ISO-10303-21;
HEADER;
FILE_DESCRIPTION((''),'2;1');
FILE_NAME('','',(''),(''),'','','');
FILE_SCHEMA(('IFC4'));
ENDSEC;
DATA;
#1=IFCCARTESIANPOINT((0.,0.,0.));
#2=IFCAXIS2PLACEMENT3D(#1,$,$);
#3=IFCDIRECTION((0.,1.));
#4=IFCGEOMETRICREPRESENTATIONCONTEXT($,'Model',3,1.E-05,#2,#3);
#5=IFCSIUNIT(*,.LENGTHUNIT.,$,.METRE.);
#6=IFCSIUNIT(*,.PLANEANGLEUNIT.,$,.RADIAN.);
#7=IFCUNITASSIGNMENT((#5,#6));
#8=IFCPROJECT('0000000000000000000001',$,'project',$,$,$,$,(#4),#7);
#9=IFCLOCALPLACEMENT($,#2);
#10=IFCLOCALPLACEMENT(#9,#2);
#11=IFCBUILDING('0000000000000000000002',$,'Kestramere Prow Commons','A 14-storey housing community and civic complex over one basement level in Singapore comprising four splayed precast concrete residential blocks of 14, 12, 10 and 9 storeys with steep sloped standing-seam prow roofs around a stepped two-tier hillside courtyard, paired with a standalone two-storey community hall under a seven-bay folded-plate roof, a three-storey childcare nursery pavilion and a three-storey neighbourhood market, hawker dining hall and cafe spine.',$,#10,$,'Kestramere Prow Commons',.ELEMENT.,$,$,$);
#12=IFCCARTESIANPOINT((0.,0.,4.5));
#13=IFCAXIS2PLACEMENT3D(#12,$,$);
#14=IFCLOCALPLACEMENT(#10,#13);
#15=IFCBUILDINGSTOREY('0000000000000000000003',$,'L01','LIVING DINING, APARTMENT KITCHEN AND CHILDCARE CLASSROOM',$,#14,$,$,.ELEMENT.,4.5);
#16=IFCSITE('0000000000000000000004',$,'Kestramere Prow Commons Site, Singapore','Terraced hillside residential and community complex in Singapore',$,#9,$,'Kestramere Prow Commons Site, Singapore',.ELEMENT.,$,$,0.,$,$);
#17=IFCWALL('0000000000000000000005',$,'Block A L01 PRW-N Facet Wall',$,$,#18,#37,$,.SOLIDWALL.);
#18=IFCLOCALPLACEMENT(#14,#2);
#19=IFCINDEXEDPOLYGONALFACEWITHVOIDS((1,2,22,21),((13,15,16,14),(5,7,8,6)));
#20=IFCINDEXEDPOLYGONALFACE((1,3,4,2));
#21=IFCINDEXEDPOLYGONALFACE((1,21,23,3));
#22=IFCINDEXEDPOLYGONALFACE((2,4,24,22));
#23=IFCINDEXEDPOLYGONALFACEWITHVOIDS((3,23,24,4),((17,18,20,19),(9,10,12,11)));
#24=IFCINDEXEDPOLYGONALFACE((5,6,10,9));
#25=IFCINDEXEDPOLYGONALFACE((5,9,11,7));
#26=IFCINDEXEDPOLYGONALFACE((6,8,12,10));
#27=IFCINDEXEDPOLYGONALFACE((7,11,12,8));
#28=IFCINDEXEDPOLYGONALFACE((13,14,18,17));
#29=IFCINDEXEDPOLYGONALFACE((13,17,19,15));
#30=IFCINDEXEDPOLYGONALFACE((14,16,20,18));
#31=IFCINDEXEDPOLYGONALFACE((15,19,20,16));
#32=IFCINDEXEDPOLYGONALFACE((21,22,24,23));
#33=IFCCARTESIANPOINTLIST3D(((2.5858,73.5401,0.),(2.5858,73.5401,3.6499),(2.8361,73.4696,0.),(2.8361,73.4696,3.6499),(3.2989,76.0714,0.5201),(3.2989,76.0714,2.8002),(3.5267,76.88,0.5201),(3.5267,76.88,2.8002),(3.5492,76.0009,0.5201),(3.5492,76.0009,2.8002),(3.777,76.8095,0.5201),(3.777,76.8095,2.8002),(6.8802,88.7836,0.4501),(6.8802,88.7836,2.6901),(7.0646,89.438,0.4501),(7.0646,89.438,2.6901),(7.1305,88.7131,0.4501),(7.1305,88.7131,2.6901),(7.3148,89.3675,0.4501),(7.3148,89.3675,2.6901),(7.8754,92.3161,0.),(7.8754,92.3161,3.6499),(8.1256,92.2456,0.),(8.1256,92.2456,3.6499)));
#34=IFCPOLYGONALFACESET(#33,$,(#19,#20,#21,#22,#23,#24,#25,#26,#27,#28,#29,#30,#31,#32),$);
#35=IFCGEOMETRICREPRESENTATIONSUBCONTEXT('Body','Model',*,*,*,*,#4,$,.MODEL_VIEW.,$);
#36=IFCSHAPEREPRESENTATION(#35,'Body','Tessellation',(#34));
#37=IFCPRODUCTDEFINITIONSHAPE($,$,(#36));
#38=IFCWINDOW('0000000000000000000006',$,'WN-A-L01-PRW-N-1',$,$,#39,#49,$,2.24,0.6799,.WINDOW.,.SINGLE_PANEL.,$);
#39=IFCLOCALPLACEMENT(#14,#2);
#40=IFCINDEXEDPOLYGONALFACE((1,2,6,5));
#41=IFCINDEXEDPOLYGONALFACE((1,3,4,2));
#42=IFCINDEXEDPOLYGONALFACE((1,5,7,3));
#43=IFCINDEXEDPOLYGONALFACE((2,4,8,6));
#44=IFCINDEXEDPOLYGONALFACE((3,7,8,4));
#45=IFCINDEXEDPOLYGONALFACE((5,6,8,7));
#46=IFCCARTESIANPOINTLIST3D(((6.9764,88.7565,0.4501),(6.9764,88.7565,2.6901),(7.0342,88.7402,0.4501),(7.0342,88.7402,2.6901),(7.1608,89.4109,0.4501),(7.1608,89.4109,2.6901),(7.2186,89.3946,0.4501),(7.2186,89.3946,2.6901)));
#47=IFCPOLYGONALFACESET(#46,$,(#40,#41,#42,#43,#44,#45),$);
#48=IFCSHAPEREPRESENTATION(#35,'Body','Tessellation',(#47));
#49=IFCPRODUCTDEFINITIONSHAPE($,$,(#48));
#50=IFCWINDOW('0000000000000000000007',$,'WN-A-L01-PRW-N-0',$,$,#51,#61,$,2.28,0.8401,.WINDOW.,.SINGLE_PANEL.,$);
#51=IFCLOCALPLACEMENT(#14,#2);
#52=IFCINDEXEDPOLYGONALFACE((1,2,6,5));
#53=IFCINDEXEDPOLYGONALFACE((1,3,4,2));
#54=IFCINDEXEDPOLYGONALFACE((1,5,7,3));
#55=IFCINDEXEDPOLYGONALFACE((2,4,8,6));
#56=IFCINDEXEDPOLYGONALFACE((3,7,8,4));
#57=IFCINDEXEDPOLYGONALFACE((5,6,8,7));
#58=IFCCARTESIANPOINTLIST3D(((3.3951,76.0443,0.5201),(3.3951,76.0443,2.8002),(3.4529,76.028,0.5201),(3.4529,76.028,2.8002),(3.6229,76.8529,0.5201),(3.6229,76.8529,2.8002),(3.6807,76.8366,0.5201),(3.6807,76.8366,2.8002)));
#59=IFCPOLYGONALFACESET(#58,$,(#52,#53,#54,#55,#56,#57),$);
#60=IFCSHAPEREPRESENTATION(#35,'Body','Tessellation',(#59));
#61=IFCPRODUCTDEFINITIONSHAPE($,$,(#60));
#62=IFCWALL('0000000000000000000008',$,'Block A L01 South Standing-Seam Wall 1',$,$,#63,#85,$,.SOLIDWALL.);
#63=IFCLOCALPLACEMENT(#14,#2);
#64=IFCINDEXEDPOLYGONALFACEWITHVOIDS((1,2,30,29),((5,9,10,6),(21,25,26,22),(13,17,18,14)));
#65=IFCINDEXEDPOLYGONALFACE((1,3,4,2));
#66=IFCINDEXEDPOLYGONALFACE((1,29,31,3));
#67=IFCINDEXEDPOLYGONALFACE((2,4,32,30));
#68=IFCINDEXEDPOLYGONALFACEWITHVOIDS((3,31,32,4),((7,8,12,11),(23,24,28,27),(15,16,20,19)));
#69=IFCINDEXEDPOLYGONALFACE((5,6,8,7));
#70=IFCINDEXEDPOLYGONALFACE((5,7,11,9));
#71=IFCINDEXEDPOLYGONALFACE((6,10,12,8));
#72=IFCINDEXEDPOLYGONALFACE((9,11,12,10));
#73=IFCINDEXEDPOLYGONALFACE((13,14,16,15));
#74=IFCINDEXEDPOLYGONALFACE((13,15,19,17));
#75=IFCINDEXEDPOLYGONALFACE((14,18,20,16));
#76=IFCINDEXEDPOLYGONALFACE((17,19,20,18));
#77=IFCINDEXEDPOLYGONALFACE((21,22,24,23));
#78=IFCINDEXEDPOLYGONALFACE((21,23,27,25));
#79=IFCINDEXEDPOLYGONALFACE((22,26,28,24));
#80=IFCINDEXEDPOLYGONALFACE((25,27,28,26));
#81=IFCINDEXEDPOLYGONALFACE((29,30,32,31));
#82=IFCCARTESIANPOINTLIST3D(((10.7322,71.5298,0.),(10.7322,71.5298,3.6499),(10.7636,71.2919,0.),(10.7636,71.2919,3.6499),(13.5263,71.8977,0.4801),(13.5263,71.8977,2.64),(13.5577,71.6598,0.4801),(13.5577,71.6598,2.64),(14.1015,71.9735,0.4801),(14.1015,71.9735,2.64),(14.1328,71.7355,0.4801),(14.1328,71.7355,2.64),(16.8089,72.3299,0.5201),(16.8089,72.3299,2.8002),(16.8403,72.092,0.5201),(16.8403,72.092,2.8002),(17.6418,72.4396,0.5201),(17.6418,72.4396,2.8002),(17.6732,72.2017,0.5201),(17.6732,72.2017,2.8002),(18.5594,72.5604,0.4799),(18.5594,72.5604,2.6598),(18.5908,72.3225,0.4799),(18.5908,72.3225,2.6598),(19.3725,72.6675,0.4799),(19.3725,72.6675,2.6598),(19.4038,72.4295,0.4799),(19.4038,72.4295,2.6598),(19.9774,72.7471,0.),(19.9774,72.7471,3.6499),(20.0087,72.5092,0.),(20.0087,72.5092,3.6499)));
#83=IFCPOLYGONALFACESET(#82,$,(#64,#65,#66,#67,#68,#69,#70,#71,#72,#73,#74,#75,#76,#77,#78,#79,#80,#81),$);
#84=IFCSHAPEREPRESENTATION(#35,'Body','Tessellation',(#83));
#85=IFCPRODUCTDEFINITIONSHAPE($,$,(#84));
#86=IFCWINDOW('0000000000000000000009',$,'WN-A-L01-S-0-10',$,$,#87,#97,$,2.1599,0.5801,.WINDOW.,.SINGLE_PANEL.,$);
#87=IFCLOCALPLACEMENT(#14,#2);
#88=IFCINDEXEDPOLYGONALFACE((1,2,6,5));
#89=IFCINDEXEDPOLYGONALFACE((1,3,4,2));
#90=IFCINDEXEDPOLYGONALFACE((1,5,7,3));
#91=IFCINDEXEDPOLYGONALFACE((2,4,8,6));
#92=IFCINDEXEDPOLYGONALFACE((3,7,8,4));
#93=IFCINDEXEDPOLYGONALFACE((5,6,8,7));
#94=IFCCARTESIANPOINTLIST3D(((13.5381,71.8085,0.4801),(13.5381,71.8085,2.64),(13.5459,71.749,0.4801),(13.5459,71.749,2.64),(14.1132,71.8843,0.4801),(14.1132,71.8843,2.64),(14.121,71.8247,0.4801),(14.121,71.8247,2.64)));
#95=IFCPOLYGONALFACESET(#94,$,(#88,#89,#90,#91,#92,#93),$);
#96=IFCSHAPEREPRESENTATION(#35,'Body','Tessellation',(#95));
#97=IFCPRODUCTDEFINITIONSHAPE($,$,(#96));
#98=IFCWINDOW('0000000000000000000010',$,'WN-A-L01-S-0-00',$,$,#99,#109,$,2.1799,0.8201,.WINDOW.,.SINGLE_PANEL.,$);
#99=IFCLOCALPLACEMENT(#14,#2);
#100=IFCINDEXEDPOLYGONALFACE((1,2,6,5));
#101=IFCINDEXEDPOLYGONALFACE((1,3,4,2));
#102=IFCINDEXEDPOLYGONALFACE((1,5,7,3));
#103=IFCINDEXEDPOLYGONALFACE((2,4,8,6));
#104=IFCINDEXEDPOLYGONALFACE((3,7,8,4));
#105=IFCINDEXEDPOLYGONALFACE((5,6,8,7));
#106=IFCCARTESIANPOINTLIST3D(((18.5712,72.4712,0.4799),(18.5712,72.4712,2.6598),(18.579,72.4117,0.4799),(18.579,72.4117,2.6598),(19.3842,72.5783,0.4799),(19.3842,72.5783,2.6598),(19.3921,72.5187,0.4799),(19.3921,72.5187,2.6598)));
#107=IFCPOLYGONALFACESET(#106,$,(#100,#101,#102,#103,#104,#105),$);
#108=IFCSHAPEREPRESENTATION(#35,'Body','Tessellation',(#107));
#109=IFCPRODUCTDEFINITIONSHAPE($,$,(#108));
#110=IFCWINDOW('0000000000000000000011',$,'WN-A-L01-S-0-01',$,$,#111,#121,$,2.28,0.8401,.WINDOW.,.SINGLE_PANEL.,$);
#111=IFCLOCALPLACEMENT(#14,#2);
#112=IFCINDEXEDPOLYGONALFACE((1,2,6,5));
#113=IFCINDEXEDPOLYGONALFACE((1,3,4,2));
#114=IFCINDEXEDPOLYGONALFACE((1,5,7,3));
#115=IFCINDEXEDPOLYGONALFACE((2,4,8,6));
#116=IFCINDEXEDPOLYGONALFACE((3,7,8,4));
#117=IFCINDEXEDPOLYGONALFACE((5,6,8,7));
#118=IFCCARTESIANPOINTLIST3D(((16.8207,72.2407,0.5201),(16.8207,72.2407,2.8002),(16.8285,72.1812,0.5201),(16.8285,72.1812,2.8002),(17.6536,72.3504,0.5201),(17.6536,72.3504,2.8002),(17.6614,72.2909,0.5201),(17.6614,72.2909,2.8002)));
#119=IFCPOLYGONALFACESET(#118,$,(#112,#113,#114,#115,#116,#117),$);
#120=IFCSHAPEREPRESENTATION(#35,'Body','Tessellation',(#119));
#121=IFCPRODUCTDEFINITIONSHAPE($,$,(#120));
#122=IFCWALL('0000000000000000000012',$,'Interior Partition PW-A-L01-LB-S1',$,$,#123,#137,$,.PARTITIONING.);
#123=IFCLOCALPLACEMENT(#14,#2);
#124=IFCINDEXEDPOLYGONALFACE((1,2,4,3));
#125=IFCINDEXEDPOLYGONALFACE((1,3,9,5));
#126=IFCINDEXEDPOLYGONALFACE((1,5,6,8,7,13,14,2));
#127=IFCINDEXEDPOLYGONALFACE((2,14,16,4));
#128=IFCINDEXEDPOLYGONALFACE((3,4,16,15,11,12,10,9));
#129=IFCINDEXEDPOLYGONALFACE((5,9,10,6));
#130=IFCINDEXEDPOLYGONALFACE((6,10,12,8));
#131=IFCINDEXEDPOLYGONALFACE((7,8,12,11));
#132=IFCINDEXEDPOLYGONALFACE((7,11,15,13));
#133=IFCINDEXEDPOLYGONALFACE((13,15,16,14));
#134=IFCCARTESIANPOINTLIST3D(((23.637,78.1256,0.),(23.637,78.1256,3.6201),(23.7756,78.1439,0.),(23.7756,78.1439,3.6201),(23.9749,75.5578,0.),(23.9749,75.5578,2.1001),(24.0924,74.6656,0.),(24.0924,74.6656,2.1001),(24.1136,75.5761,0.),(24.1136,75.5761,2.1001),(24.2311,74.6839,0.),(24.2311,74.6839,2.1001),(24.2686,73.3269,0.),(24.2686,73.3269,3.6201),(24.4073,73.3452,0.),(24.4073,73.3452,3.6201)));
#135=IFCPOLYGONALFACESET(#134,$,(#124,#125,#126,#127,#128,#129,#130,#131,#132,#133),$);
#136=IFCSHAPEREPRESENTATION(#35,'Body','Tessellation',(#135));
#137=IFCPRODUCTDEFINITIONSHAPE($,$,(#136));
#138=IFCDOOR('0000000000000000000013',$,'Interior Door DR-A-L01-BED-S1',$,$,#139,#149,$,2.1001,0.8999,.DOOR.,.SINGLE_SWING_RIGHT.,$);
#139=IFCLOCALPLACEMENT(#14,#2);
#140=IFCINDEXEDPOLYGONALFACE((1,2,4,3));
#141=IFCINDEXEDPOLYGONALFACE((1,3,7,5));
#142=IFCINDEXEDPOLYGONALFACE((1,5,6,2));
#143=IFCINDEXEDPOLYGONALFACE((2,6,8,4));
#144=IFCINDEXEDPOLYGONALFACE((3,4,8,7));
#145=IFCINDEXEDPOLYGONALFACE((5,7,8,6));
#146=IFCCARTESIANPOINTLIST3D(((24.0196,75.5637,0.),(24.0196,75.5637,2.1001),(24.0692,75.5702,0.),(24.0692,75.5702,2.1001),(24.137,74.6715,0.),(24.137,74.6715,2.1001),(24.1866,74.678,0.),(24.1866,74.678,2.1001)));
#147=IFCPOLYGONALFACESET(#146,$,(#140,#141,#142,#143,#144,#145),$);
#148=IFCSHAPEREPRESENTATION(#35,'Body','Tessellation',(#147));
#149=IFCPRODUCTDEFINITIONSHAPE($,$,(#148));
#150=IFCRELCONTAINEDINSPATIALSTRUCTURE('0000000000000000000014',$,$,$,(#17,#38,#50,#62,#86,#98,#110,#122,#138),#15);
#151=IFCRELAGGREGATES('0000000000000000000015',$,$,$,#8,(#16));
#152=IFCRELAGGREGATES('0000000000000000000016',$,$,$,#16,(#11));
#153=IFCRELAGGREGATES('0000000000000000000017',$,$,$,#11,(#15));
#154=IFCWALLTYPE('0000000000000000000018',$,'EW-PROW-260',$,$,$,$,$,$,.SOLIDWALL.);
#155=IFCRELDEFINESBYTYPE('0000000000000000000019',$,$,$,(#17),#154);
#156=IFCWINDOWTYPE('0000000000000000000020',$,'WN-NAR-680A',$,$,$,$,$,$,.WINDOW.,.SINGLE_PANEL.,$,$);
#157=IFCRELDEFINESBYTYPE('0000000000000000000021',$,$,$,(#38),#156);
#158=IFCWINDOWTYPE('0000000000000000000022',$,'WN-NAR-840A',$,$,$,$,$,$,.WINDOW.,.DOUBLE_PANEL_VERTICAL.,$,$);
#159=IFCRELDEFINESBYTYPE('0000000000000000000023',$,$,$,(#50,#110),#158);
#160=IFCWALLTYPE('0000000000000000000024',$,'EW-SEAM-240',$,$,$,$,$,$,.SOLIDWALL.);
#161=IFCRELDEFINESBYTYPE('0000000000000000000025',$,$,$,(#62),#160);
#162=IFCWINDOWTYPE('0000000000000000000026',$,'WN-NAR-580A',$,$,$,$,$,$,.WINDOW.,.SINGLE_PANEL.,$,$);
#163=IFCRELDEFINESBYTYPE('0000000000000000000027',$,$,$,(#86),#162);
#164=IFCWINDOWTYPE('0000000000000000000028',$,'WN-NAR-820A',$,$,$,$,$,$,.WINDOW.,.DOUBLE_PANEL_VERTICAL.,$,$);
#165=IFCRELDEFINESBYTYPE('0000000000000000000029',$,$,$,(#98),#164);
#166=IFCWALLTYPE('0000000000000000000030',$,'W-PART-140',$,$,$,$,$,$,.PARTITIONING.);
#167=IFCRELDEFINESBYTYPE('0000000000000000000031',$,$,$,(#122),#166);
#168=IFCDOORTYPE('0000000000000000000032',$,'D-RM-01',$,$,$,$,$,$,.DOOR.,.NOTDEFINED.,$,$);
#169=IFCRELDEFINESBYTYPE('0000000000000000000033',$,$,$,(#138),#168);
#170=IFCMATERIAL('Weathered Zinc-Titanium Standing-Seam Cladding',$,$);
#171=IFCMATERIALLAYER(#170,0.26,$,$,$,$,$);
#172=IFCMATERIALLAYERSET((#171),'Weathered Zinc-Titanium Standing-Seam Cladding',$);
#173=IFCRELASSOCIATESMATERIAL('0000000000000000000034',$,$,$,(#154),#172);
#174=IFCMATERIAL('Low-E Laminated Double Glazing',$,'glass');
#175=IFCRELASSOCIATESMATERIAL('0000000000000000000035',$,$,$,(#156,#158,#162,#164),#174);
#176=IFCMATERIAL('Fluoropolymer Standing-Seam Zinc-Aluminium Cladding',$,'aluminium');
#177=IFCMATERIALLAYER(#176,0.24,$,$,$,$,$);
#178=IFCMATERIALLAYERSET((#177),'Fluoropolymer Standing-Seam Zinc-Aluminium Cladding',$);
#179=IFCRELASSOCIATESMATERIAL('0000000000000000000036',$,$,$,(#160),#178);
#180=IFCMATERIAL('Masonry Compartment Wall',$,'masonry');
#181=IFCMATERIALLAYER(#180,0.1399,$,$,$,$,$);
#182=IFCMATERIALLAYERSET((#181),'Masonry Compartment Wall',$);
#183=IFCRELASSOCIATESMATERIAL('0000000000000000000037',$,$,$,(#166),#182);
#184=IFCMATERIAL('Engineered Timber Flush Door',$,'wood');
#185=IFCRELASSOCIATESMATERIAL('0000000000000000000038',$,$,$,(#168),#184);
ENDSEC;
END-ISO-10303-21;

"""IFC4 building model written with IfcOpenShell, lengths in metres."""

from ifc_helpers import new_model, si_unit, direction, frame, frame_2d, origin, place, context, subcontext, project, spatial, rectangle, extrude, material, layer, layer_set, type_object, element, fill, save


model = new_model("IFC4")

# Units and contexts
model_context = context("Model", 3, precision=1e-05, world=origin(), true_north=direction((0.0, 1.0)))
body_context = subcontext(model_context, "Body", "Model", "MODEL_VIEW")
ifc_project = project(units=[si_unit("LENGTHUNIT", "METRE"), si_unit("PLANEANGLEUNIT", "RADIAN")], contexts=[model_context])

# Site, building, storey
site_placement = place(None, origin())
site = spatial("IfcSite", under=ifc_project, at=site_placement, Name="Kestramere Prow Commons Site, Singapore", Description="Terraced hillside residential and community complex in Singapore", LongName="Kestramere Prow Commons Site, Singapore", CompositionType="ELEMENT", RefElevation=0.0)
building_placement = place(site_placement, origin())
building = spatial("IfcBuilding", under=site, at=building_placement, Name="Kestramere Prow Commons", Description="A 14-storey housing community and civic complex over one basement level in Singapore comprising four splayed precast concrete residential blocks of 14, 12, 10 and 9 storeys with steep sloped standing-seam prow roofs around a stepped two-tier hillside courtyard, paired with a standalone two-storey community hall under a seven-bay folded-plate roof, a three-storey childcare nursery pavilion and a three-storey neighbourhood market, hawker dining hall and cafe spine.", LongName="Kestramere Prow Commons", CompositionType="ELEMENT")
storey_placement = place(building_placement, frame((0.0, 0.0, 4.5)))
storey = spatial("IfcBuildingStorey", under=building, at=storey_placement, Name="L01", Description="LIVING DINING, APARTMENT KITCHEN AND CHILDCARE CLASSROOM", CompositionType="ELEMENT", Elevation=4.5)

# Walls, openings, windows
ifc_material_1 = material(Name="Weathered Zinc-Titanium Standing-Seam Cladding")
ifc_layer_1 = layer(ifc_material_1, 0.26)
ifc_layer_set_1 = layer_set([ifc_layer_1], Name="Weathered Zinc-Titanium Standing-Seam Cladding")
wall_type_1 = type_object("IfcWallType", Name="EW-PROW-260", PredefinedType="SOLIDWALL", material=ifc_layer_set_1)
ifc_material_2 = material(Name="Low-E Laminated Double Glazing", Category="glass")
window_type_1 = type_object("IfcWindowType", Name="WN-NAR-680A", PartitioningType="SINGLE_PANEL", PredefinedType="WINDOW", material=ifc_material_2)
window_type_2 = type_object("IfcWindowType", Name="WN-NAR-840A", PartitioningType="DOUBLE_PANEL_VERTICAL", PredefinedType="WINDOW", material=ifc_material_2)
wall_1_placement = place(storey_placement, frame((2.7109, 73.5049, 0.0), z_axis=(0.0, 0.0, 1.0), x_axis=(0.271165, 0.962533, 0.0)))
wall_1 = element("IfcWall", 1, at=wall_1_placement, inside=storey, type_object=wall_type_1, Name="Block A L01 PRW-N Facet Wall", PredefinedType="SOLIDWALL", context=body_context, shape_type="SweptSolid", body=[
    extrude(rectangle(XDim=19.5068, YDim=0.26, at=frame_2d((9.7534, 0.0))), origin(), (0.0, 0.0, 1.0), 3.6499),
])
opening_1_placement = place(wall_1_placement, frame((2.6299, 0.0, 0.52)))
opening_1 = element("IfcOpeningElement", 2, at=opening_1_placement, cuts=wall_1, PredefinedType="OPENING", context=body_context, shape_type="SweptSolid", body=[
    extrude(rectangle(XDim=0.8401, YDim=2.28, at=frame_2d((0.4199, 1.1401))), frame((0.0, 0.145, 0.0), z_axis=(0.0, -1.0, 0.0), x_axis=(1.0, 0.0, 0.0)), (0.0, 0.0, 1.0), 0.29),
])
opening_2_placement = place(wall_1_placement, frame((15.8369, 0.0, 0.45)))
opening_2 = element("IfcOpeningElement", 3, at=opening_2_placement, cuts=wall_1, PredefinedType="OPENING", context=body_context, shape_type="SweptSolid", body=[
    extrude(rectangle(XDim=0.6799, YDim=2.24, at=frame_2d((0.3398, 1.1201))), frame((0.0, 0.145, 0.0), z_axis=(0.0, -1.0, 0.0), x_axis=(1.0, 0.0, 0.0)), (0.0, 0.0, 1.0), 0.29),
])
window_1_placement = place(opening_2_placement, origin())
window_1 = element("IfcWindow", 4, at=window_1_placement, inside=storey, type_object=window_type_1, Name="WN-A-L01-PRW-N-1", OverallHeight=2.24, OverallWidth=0.6799, PartitioningType="SINGLE_PANEL", PredefinedType="WINDOW", context=body_context, shape_type="SweptSolid", body=[
    extrude(rectangle(XDim=0.6799, YDim=2.24, at=frame_2d((0.3398, 1.1201))), frame((0.0, 0.03, 0.0), z_axis=(0.0, -1.0, 0.0), x_axis=(1.0, 0.0, 0.0)), (0.0, 0.0, 1.0), 0.0601),
])
fill(opening_2, window_1)
window_2_placement = place(opening_1_placement, origin())
window_2 = element("IfcWindow", 5, at=window_2_placement, inside=storey, type_object=window_type_2, Name="WN-A-L01-PRW-N-0", OverallHeight=2.28, OverallWidth=0.8401, PartitioningType="SINGLE_PANEL", PredefinedType="WINDOW", context=body_context, shape_type="SweptSolid", body=[
    extrude(rectangle(XDim=0.8401, YDim=2.28, at=frame_2d((0.4199, 1.1401))), frame((0.0, 0.03, 0.0), z_axis=(0.0, -1.0, 0.0), x_axis=(1.0, 0.0, 0.0)), (0.0, 0.0, 1.0), 0.0601),
])
fill(opening_1, window_2)
ifc_material_3 = material(Name="Fluoropolymer Standing-Seam Zinc-Aluminium Cladding", Category="aluminium")
ifc_layer_2 = layer(ifc_material_3, 0.24)
ifc_layer_set_2 = layer_set([ifc_layer_2], Name="Fluoropolymer Standing-Seam Zinc-Aluminium Cladding")
wall_type_2 = type_object("IfcWallType", Name="EW-SEAM-240", PredefinedType="SOLIDWALL", material=ifc_layer_set_2)
wall_2_placement = place(storey_placement, frame((19.9932, 72.6282, 0.0), z_axis=(0.0, 0.0, 1.0), x_axis=(-0.991443, -0.130541, 0.0)))
wall_2 = element("IfcWall", 6, at=wall_2_placement, inside=storey, type_object=wall_type_2, Name="Block A L01 South Standing-Seam Wall 1", PredefinedType="SOLIDWALL", context=body_context, shape_type="SweptSolid", body=[
    extrude(rectangle(XDim=9.325, YDim=0.24, at=frame_2d((4.6626, 0.0))), origin(), (0.0, 0.0, 1.0), 3.6499),
])
opening_3_placement = place(wall_2_placement, frame((0.6101, 0.0, 0.48)))
opening_3 = element("IfcOpeningElement", 7, at=opening_3_placement, cuts=wall_2, PredefinedType="OPENING", context=body_context, shape_type="SweptSolid", body=[
    extrude(rectangle(XDim=0.8201, YDim=2.1799, at=frame_2d((0.4102, 1.0898))), frame((0.0, 0.135, 0.0), z_axis=(0.0, -1.0, 0.0), x_axis=(1.0, 0.0, 0.0)), (0.0, 0.0, 1.0), 0.27),
])
opening_4_placement = place(wall_2_placement, frame((2.356, 0.0, 0.52)))
opening_4 = element("IfcOpeningElement", 8, at=opening_4_placement, cuts=wall_2, PredefinedType="OPENING", context=body_context, shape_type="SweptSolid", body=[
    extrude(rectangle(XDim=0.8401, YDim=2.28, at=frame_2d((0.4199, 1.1401))), frame((0.0, 0.135, 0.0), z_axis=(0.0, -1.0, 0.0), x_axis=(1.0, 0.0, 0.0)), (0.0, 0.0, 1.0), 0.27),
])
opening_5_placement = place(wall_2_placement, frame((5.9268, 0.0, 0.48)))
opening_5 = element("IfcOpeningElement", 9, at=opening_5_placement, cuts=wall_2, PredefinedType="OPENING", context=body_context, shape_type="SweptSolid", body=[
    extrude(rectangle(XDim=0.5801, YDim=2.1599, at=frame_2d((0.29, 1.0801))), frame((0.0, 0.135, 0.0), z_axis=(0.0, -1.0, 0.0), x_axis=(1.0, 0.0, 0.0)), (0.0, 0.0, 1.0), 0.27),
])
window_type_3 = type_object("IfcWindowType", Name="WN-NAR-580A", PartitioningType="SINGLE_PANEL", PredefinedType="WINDOW", material=ifc_material_2)
window_3_placement = place(opening_5_placement, origin())
window_3 = element("IfcWindow", 10, at=window_3_placement, inside=storey, type_object=window_type_3, Name="WN-A-L01-S-0-10", OverallHeight=2.1599, OverallWidth=0.5801, PartitioningType="SINGLE_PANEL", PredefinedType="WINDOW", context=body_context, shape_type="SweptSolid", body=[
    extrude(rectangle(XDim=0.5801, YDim=2.1599, at=frame_2d((0.29, 1.0801))), frame((0.0, 0.03, 0.0), z_axis=(0.0, -1.0, 0.0), x_axis=(1.0, 0.0, 0.0)), (0.0, 0.0, 1.0), 0.0601),
])
fill(opening_5, window_3)
window_type_4 = type_object("IfcWindowType", Name="WN-NAR-820A", PartitioningType="DOUBLE_PANEL_VERTICAL", PredefinedType="WINDOW", material=ifc_material_2)
window_4_placement = place(opening_3_placement, origin())
window_4 = element("IfcWindow", 11, at=window_4_placement, inside=storey, type_object=window_type_4, Name="WN-A-L01-S-0-00", OverallHeight=2.1799, OverallWidth=0.8201, PartitioningType="SINGLE_PANEL", PredefinedType="WINDOW", context=body_context, shape_type="SweptSolid", body=[
    extrude(rectangle(XDim=0.8201, YDim=2.1799, at=frame_2d((0.4102, 1.0898))), frame((0.0, 0.03, 0.0), z_axis=(0.0, -1.0, 0.0), x_axis=(1.0, 0.0, 0.0)), (0.0, 0.0, 1.0), 0.0601),
])
fill(opening_3, window_4)
window_5_placement = place(opening_4_placement, origin())
window_5 = element("IfcWindow", 12, at=window_5_placement, inside=storey, type_object=window_type_2, Name="WN-A-L01-S-0-01", OverallHeight=2.28, OverallWidth=0.8401, PartitioningType="SINGLE_PANEL", PredefinedType="WINDOW", context=body_context, shape_type="SweptSolid", body=[
    extrude(rectangle(XDim=0.8401, YDim=2.28, at=frame_2d((0.4199, 1.1401))), frame((0.0, 0.03, 0.0), z_axis=(0.0, -1.0, 0.0), x_axis=(1.0, 0.0, 0.0)), (0.0, 0.0, 1.0), 0.0601),
])
fill(opening_4, window_5)

# Wall, opening, door
ifc_material_4 = material(Name="Masonry Compartment Wall", Category="masonry")
ifc_layer_3 = layer(ifc_material_4, 0.1399)
ifc_layer_set_3 = layer_set([ifc_layer_3], Name="Masonry Compartment Wall")
wall_type_3 = type_object("IfcWallType", Name="W-PART-140", PredefinedType="PARTITIONING", material=ifc_layer_set_3)
wall_3_placement = place(storey_placement, frame((24.3379, 73.3362, 0.0), z_axis=(0.0, 0.0, 1.0), x_axis=(-0.130495, 0.991449, 0.0)))
wall_3 = element("IfcWall", 13, at=wall_3_placement, inside=storey, type_object=wall_type_3, Name="Interior Partition PW-A-L01-LB-S1", PredefinedType="PARTITIONING", context=body_context, shape_type="SweptSolid", body=[
    extrude(rectangle(XDim=4.8401, YDim=0.1399, at=frame_2d((2.4199, 0.0))), origin(), (0.0, 0.0, 1.0), 3.6201),
])
opening_6_placement = place(wall_3_placement, frame((1.3501, 0.0, 0.0)))
opening_6 = element("IfcOpeningElement", 14, at=opening_6_placement, cuts=wall_3, PredefinedType="OPENING", context=body_context, shape_type="SweptSolid", body=[
    extrude(rectangle(XDim=0.8999, YDim=2.1001, at=frame_2d((0.45, 1.05))), frame((0.0, 0.085, 0.0), z_axis=(0.0, -1.0, 0.0), x_axis=(1.0, 0.0, 0.0)), (0.0, 0.0, 1.0), 0.1699),
])
ifc_material_5 = material(Name="Engineered Timber Flush Door", Category="wood")
door_type = type_object("IfcDoorType", Name="D-RM-01", OperationType="NOTDEFINED", PredefinedType="DOOR", material=ifc_material_5)
door_1_placement = place(opening_6_placement, origin())
door_1 = element("IfcDoor", 15, at=door_1_placement, inside=storey, type_object=door_type, Name="Interior Door DR-A-L01-BED-S1", OperationType="SINGLE_SWING_RIGHT", OverallHeight=2.1001, OverallWidth=0.8999, PredefinedType="DOOR", context=body_context, shape_type="SweptSolid", body=[
    extrude(rectangle(XDim=0.8999, YDim=2.1001, at=frame_2d((0.45, 1.05))), frame((0.0, 0.0249, 0.0), z_axis=(0.0, -1.0, 0.0), x_axis=(1.0, 0.0, 0.0)), (0.0, 0.0, 1.0), 0.05),
])
fill(opening_6, door_1)

save(model, "model.ifc")
